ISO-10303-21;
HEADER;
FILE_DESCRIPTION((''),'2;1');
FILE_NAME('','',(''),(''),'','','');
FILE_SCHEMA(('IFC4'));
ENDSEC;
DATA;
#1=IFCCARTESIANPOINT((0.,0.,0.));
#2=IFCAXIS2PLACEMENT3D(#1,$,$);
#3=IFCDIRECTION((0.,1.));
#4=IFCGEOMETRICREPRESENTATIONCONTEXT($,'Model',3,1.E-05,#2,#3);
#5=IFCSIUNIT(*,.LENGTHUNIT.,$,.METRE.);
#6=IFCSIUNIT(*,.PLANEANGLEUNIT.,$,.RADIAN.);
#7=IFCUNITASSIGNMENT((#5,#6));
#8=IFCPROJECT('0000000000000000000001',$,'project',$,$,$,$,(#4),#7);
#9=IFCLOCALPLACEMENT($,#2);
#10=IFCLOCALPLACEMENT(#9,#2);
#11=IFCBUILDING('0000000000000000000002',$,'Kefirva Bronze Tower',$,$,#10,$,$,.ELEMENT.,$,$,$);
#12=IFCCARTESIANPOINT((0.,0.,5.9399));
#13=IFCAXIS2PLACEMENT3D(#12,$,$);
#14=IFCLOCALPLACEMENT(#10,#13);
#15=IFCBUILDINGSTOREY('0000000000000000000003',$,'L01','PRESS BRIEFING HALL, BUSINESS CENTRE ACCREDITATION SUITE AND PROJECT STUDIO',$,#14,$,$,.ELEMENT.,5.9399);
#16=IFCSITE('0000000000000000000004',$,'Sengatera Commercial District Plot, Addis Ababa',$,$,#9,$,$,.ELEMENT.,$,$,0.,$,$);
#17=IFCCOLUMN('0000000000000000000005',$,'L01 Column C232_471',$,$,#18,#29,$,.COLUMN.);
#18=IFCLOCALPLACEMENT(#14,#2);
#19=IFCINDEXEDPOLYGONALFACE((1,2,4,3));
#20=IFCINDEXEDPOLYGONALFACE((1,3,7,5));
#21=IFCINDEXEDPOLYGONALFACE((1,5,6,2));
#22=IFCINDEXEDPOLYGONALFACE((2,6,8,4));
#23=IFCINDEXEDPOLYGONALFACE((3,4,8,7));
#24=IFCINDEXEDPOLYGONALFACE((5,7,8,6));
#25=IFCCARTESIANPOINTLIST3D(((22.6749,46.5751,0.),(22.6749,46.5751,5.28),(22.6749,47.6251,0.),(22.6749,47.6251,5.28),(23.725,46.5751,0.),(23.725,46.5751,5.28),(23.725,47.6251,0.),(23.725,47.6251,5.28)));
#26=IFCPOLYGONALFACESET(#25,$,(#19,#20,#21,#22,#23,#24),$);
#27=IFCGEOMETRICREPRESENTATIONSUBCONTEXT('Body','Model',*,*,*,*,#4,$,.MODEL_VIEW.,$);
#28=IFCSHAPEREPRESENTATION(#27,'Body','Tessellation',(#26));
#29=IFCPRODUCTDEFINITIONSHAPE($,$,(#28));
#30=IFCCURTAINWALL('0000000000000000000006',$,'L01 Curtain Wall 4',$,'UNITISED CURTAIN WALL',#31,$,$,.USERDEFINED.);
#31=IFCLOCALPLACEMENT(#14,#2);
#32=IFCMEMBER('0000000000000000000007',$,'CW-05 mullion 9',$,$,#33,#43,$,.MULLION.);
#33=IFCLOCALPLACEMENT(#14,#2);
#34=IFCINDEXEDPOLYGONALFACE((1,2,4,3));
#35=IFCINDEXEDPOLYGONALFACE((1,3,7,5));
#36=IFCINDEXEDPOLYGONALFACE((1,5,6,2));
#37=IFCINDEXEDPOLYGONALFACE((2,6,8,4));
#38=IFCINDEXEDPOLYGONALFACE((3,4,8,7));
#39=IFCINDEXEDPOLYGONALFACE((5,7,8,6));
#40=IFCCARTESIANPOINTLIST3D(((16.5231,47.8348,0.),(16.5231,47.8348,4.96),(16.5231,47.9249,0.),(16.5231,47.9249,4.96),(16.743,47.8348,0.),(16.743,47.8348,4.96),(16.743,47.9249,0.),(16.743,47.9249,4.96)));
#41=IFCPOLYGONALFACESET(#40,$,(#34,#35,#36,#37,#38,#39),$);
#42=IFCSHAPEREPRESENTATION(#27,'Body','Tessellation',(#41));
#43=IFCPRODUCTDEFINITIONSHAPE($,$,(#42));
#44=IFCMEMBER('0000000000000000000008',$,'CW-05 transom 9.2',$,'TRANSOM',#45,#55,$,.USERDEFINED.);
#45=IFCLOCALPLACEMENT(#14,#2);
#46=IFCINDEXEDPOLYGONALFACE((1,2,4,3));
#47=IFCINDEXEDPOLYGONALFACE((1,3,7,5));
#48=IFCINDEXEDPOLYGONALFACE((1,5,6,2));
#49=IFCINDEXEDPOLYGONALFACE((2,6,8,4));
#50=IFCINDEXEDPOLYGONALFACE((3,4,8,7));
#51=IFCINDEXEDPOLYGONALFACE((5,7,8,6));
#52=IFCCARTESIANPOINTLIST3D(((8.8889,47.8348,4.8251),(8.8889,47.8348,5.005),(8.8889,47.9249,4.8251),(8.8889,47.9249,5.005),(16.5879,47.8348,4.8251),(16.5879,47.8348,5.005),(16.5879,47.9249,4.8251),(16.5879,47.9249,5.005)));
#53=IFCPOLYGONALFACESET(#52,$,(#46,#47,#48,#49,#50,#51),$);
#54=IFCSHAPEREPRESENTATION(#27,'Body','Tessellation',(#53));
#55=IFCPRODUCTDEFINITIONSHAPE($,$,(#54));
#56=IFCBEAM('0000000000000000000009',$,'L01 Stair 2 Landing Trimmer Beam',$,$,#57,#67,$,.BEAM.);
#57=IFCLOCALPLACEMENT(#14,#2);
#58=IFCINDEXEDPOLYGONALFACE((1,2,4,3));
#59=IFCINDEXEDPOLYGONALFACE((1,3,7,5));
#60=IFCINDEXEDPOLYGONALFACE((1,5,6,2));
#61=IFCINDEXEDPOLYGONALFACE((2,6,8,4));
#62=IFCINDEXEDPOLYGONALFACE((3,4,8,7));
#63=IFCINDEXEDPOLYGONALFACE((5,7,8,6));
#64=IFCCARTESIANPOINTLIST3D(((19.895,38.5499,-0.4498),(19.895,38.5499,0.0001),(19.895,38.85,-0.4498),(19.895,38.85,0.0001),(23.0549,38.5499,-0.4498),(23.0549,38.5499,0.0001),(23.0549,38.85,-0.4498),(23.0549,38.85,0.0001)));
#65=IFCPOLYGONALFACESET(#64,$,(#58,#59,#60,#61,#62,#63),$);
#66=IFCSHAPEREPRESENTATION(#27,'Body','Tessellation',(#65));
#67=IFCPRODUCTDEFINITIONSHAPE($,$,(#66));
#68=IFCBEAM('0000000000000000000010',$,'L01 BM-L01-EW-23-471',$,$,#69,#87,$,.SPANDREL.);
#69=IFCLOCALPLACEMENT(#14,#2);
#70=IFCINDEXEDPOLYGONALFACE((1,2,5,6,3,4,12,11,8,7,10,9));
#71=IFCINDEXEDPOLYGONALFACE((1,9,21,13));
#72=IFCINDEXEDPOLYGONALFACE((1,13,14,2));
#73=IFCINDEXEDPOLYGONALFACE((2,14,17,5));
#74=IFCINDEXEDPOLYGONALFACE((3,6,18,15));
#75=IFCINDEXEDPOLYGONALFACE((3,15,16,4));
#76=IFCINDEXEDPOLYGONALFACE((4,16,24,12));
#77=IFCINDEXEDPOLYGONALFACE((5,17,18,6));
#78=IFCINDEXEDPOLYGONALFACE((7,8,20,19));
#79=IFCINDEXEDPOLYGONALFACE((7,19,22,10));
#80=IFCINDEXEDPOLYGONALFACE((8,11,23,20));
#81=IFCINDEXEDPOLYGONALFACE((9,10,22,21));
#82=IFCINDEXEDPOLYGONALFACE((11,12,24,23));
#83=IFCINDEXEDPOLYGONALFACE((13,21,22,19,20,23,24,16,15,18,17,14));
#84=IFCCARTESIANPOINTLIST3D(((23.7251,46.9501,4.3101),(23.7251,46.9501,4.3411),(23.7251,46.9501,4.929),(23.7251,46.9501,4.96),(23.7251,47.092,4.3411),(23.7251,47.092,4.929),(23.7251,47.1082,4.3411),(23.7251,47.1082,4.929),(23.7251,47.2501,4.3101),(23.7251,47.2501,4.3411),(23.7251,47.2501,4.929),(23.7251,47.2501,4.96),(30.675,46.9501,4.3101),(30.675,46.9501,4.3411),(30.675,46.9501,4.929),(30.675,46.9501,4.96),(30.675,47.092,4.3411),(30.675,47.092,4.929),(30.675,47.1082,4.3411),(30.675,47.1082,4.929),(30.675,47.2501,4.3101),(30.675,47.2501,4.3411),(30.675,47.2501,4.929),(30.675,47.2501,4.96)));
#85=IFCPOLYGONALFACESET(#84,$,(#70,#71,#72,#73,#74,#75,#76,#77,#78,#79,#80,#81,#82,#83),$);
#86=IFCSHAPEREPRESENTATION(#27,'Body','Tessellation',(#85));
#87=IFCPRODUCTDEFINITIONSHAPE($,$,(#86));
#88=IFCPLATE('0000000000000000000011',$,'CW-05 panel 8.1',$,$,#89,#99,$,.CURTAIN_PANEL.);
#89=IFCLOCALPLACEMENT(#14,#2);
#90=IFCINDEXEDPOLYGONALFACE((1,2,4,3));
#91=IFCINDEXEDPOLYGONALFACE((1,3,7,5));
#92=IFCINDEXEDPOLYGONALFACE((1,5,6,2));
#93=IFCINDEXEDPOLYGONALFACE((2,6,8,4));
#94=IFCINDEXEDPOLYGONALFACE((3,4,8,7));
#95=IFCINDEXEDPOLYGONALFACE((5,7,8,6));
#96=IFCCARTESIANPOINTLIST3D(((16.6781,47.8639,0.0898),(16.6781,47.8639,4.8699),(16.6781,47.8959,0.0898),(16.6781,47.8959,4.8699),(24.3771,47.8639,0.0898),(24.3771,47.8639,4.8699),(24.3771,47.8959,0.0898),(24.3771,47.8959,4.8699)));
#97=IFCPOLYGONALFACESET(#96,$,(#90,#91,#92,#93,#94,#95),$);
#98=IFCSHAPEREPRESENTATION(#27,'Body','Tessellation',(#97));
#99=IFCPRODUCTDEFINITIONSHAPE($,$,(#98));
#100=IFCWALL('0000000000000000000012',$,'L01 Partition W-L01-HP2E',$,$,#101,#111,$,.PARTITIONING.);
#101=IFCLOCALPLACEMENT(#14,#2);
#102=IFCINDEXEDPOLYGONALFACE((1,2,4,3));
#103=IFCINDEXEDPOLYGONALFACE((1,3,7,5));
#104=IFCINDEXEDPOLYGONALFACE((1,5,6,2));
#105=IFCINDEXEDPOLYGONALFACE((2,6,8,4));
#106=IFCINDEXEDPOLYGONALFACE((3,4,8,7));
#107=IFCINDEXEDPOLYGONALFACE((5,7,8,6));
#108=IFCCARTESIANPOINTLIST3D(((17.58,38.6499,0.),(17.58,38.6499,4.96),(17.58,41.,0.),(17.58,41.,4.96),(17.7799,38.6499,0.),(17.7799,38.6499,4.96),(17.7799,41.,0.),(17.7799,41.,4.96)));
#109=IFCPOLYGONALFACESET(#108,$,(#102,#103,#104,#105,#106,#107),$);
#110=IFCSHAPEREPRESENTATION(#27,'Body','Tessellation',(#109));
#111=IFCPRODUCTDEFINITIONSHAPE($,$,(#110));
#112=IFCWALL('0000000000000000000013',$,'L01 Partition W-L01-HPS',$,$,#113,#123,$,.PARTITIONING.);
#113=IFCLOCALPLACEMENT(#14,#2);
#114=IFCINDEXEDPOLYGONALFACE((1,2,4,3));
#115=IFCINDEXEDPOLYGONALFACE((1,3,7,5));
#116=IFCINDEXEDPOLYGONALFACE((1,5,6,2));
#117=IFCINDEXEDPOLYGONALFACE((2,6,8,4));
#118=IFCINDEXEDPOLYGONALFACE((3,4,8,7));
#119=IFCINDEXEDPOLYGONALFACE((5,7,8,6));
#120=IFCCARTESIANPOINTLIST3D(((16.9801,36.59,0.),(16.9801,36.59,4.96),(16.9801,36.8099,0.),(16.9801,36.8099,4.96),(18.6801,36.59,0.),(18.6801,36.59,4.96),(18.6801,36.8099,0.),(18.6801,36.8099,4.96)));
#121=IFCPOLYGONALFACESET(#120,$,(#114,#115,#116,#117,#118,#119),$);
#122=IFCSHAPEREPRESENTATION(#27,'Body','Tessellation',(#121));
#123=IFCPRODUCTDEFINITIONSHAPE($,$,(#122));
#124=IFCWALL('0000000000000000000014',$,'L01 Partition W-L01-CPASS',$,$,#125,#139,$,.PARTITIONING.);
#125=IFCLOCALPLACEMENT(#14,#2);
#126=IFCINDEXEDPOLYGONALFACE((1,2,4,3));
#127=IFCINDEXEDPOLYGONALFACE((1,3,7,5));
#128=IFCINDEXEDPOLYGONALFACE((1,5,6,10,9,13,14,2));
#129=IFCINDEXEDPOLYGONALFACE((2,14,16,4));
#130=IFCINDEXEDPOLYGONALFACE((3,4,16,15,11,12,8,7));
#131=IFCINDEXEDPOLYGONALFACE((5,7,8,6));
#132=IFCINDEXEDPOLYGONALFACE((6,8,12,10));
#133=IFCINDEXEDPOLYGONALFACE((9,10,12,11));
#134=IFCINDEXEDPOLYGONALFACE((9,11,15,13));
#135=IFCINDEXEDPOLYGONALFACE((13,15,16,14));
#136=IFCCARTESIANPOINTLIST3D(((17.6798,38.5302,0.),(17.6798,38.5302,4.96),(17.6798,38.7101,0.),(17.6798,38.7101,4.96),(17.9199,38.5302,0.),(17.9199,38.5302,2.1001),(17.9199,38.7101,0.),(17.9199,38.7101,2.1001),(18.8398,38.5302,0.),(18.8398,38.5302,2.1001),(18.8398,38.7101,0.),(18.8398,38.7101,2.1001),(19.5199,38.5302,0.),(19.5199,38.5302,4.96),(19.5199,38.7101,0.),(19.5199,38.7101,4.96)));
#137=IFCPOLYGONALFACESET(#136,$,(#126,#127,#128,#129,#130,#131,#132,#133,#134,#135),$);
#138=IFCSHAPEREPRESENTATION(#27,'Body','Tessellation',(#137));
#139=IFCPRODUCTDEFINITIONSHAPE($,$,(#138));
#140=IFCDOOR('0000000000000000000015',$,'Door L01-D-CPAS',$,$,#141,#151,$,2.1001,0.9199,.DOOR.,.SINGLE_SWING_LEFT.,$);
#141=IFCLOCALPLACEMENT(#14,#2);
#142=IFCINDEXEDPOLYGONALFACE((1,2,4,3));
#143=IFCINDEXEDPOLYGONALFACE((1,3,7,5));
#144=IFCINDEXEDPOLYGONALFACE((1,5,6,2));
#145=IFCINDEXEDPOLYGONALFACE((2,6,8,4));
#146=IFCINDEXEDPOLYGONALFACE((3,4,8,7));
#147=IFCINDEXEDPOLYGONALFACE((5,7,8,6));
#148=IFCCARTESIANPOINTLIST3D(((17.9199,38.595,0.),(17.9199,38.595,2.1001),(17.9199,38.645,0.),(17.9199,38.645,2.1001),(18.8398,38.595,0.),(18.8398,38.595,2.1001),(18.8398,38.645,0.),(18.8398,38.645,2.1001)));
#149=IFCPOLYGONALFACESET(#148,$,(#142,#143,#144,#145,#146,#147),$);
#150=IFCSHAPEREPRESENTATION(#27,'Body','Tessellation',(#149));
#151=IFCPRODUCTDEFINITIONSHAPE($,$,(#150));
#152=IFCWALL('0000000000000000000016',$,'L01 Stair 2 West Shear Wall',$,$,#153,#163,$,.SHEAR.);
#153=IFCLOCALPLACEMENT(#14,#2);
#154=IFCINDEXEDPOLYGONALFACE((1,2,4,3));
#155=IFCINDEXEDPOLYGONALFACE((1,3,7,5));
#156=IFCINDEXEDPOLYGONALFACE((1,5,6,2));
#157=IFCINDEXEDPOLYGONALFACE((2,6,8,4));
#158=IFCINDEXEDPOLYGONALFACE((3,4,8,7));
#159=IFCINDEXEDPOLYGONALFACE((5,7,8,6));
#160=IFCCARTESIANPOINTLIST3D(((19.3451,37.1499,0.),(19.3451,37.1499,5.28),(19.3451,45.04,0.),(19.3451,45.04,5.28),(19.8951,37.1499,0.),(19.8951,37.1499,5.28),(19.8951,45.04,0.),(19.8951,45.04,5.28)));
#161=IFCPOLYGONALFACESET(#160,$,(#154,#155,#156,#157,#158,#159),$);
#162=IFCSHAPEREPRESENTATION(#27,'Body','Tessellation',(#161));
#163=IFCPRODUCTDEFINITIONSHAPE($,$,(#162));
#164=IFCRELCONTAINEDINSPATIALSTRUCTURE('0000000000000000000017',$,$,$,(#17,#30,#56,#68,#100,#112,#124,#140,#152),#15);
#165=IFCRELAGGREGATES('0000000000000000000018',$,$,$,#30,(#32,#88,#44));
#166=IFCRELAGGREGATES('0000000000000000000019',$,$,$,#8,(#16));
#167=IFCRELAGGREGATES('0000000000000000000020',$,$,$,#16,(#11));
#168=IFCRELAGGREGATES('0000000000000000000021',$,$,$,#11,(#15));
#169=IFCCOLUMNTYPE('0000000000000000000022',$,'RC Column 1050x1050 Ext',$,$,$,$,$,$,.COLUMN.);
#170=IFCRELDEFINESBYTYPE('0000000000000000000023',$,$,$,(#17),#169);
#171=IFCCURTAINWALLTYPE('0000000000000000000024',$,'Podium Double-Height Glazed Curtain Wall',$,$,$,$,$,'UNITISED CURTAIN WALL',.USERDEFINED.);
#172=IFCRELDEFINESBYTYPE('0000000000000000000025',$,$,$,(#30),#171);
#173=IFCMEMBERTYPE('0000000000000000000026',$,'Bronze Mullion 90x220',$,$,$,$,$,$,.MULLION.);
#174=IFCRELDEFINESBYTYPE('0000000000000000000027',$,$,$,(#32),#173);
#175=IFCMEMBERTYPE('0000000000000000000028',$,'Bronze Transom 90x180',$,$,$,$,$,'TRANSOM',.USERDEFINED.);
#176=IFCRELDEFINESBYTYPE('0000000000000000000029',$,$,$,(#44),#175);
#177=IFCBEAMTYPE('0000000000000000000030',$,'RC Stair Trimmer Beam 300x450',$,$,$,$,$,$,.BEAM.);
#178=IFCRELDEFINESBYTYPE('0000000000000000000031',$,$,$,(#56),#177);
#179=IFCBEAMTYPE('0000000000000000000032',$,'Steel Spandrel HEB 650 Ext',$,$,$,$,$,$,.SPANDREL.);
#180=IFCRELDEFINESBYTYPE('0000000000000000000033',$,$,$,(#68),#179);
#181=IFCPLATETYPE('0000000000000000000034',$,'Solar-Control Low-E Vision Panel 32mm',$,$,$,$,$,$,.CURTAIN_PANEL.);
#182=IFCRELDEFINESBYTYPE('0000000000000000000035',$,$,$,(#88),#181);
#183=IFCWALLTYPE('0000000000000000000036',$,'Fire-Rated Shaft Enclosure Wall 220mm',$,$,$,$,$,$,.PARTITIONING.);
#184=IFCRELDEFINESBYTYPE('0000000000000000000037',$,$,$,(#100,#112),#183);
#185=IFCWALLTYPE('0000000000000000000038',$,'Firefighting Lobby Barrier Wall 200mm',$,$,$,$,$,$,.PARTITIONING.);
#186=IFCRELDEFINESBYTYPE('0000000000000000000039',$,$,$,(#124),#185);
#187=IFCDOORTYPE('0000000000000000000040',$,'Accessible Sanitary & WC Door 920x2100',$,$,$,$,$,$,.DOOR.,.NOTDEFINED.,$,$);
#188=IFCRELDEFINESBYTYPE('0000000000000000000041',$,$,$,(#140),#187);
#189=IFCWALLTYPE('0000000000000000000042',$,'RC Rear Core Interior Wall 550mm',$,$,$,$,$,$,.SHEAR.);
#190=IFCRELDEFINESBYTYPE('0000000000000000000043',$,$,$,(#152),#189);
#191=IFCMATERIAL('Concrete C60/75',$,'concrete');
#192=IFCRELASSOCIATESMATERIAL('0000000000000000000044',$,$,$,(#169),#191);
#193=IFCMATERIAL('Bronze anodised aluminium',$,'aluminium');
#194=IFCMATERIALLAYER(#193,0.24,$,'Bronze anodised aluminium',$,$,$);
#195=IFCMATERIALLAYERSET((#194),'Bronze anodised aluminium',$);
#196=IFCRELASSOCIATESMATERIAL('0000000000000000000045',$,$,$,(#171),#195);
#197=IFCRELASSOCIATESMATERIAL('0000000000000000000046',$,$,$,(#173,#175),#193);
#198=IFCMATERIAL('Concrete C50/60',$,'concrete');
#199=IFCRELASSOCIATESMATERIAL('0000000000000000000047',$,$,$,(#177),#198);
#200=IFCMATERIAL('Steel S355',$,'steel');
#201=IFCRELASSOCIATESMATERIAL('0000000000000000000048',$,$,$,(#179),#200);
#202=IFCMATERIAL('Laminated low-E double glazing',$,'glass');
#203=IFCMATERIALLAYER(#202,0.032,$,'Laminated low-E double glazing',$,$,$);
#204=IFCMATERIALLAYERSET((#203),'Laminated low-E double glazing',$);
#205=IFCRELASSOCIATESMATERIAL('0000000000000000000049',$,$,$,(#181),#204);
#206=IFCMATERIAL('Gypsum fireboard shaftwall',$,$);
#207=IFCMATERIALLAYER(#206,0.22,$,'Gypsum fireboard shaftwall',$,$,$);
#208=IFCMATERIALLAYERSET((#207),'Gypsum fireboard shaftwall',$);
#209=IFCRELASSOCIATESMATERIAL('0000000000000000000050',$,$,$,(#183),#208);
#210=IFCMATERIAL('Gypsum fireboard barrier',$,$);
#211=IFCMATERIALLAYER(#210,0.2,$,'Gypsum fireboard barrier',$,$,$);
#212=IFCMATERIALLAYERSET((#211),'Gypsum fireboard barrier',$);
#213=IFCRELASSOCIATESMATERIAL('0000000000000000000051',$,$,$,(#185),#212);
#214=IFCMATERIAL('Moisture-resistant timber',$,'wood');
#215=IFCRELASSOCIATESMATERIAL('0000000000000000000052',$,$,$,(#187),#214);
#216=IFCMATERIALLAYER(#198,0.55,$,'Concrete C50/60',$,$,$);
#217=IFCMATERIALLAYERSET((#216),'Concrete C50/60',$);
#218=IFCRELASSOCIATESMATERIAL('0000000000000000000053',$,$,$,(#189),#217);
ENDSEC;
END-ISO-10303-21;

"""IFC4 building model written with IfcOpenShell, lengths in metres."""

from ifc_helpers import new_model, si_unit, direction, frame, frame_2d, origin, origin_2d, place, context, subcontext, project, spatial, rectangle, i_section, extrude, material, layer, layer_set, material_profile, profile_set, type_object, element, fill, aggregate, save


model = new_model("IFC4")

# Units and contexts
model_context = context("Model", 3, precision=1e-05, world=origin(), true_north=direction((0.0, 1.0)))
body_context = subcontext(model_context, "Body", "Model", "MODEL_VIEW")
ifc_project = project(units=[si_unit("LENGTHUNIT", "METRE"), si_unit("PLANEANGLEUNIT", "RADIAN")], contexts=[model_context])

# Site, building, storey
site_placement = place(None, origin())
site = spatial("IfcSite", under=ifc_project, at=site_placement, Name="Sengatera Commercial District Plot, Addis Ababa", CompositionType="ELEMENT", RefElevation=0.0)
building_placement = place(site_placement, origin())
building = spatial("IfcBuilding", under=site, at=building_placement, Name="Kefirva Bronze Tower", CompositionType="ELEMENT")
storey_placement = place(building_placement, frame((0.0, 0.0, 5.9399)))
storey = spatial("IfcBuildingStorey", under=building, at=storey_placement, Name="L01", Description="PRESS BRIEFING HALL, BUSINESS CENTRE ACCREDITATION SUITE AND PROJECT STUDIO", CompositionType="ELEMENT", Elevation=5.9399)

# Column
ifc_material_1 = material(Name="Concrete C60/75", Category="concrete")
ifc_material_profile_1 = material_profile(ifc_material_1, rectangle(XDim=1.05, YDim=1.05, at=origin_2d()), Name="RC 1050x1050")
ifc_profile_set_1 = profile_set([ifc_material_profile_1], Name="Concrete C60/75")
column_type = type_object("IfcColumnType", Name="RC Column 1050x1050 Ext", PredefinedType="COLUMN", material=ifc_profile_set_1)
column_placement = place(storey_placement, frame((23.2, 47.1001, 0.0), z_axis=(0.0, 0.0, 1.0), x_axis=(1.0, 0.0, 0.0)))
element("IfcColumn", 1, at=column_placement, inside=storey, type_object=column_type, Name="L01 Column C232_471", PredefinedType="COLUMN", context=body_context, shape_type="SweptSolid", body=[
    extrude(rectangle(XDim=1.05, YDim=1.05, at=origin_2d()), origin(), (0.0, 0.0, 1.0), 5.28),
])

# Curtain wall, members
ifc_material_2 = material(Name="Bronze anodised aluminium", Category="aluminium")
ifc_layer_1 = layer(ifc_material_2, 0.24, Name="Bronze anodised aluminium")
ifc_layer_set_1 = layer_set([ifc_layer_1], Name="Bronze anodised aluminium")
curtain_wall_type = type_object("IfcCurtainWallType", Name="Podium Double-Height Glazed Curtain Wall", ElementType="UNITISED CURTAIN WALL", PredefinedType="USERDEFINED", material=ifc_layer_set_1)
curtain_wall_placement = place(storey_placement, origin())
curtain_wall = element("IfcCurtainWall", 2, at=curtain_wall_placement, inside=storey, type_object=curtain_wall_type, Name="L01 Curtain Wall 4", ObjectType="UNITISED CURTAIN WALL", PredefinedType="USERDEFINED")
ifc_material_profile_2 = material_profile(ifc_material_2, rectangle(XDim=0.0901, YDim=0.22, at=origin_2d()), Name="ALU 90x220")
ifc_profile_set_2 = profile_set([ifc_material_profile_2], Name="Bronze anodised aluminium")
member_type_1 = type_object("IfcMemberType", Name="Bronze Mullion 90x220", PredefinedType="MULLION", material=ifc_profile_set_2)
member_1_placement = place(storey_placement, frame((16.6331, 47.8799, 0.0), z_axis=(0.0, 0.0, 1.0), x_axis=(0.0, -1.0, 0.0)))
member_1 = element("IfcMember", 3, at=member_1_placement, type_object=member_type_1, Name="CW-05 mullion 9", PredefinedType="MULLION", context=body_context, shape_type="SweptSolid", body=[
    extrude(rectangle(XDim=0.0901, YDim=0.22, at=origin_2d()), origin(), (0.0, 0.0, 1.0), 4.96),
])
ifc_material_profile_3 = material_profile(ifc_material_2, rectangle(XDim=0.0901, YDim=0.1799, at=origin_2d()), Name="ALU 90x180")
ifc_profile_set_3 = profile_set([ifc_material_profile_3], Name="Bronze anodised aluminium")
member_type_2 = type_object("IfcMemberType", Name="Bronze Transom 90x180", ElementType="TRANSOM", PredefinedType="USERDEFINED", material=ifc_profile_set_3)
member_2_placement = place(storey_placement, frame((16.5879, 47.8799, 4.915), z_axis=(-1.0, 0.0, 0.0), x_axis=(0.0, -1.0, 0.0)))
member_2 = element("IfcMember", 4, at=member_2_placement, type_object=member_type_2, Name="CW-05 transom 9.2", ObjectType="TRANSOM", PredefinedType="USERDEFINED", context=body_context, shape_type="SweptSolid", body=[
    extrude(rectangle(XDim=0.0901, YDim=0.1799, at=origin_2d()), origin(), (0.0, 0.0, 1.0), 7.699),
])

# Beams
ifc_material_3 = material(Name="Concrete C50/60", Category="concrete")
ifc_material_profile_4 = material_profile(ifc_material_3, rectangle(XDim=0.3, YDim=0.45, at=origin_2d()), Name="RC 300x450")
ifc_profile_set_4 = profile_set([ifc_material_profile_4], Name="Concrete C50/60")
beam_type_1 = type_object("IfcBeamType", Name="RC Stair Trimmer Beam 300x450", PredefinedType="BEAM", material=ifc_profile_set_4)
beam_1_placement = place(storey_placement, frame((19.895, 38.7, -0.2249), z_axis=(1.0, 0.0, 0.0), x_axis=(0.0, 1.0, 0.0)))
element("IfcBeam", 5, at=beam_1_placement, inside=storey, type_object=beam_type_1, Name="L01 Stair 2 Landing Trimmer Beam", PredefinedType="BEAM", context=body_context, shape_type="SweptSolid", body=[
    extrude(rectangle(XDim=0.3, YDim=0.45, at=origin_2d()), origin(), (0.0, 0.0, 1.0), 3.1599),
])
ifc_material_4 = material(Name="Steel S355", Category="steel")
ifc_material_profile_5 = material_profile(ifc_material_4, i_section(OverallWidth=0.3, OverallDepth=0.6499, WebThickness=0.0161, FlangeThickness=0.031, at=origin_2d()), Name="HEB 650")
ifc_profile_set_5 = profile_set([ifc_material_profile_5], Name="Steel S355")
beam_type_2 = type_object("IfcBeamType", Name="Steel Spandrel HEB 650 Ext", PredefinedType="SPANDREL", material=ifc_profile_set_5)
beam_2_placement = place(storey_placement, frame((23.7251, 47.1001, 4.635), z_axis=(1.0, 0.0, 0.0), x_axis=(0.0, 1.0, 0.0)))
element("IfcBeam", 6, at=beam_2_placement, inside=storey, type_object=beam_type_2, Name="L01 BM-L01-EW-23-471", PredefinedType="SPANDREL", context=body_context, shape_type="SweptSolid", body=[
    extrude(i_section(OverallWidth=0.3, OverallDepth=0.6499, WebThickness=0.0161, FlangeThickness=0.031, at=origin_2d()), origin(), (0.0, 0.0, 1.0), 6.95),
])

# Plate
ifc_material_5 = material(Name="Laminated low-E double glazing", Category="glass")
ifc_layer_2 = layer(ifc_material_5, 0.032, Name="Laminated low-E double glazing")
ifc_layer_set_2 = layer_set([ifc_layer_2], Name="Laminated low-E double glazing")
plate_type = type_object("IfcPlateType", Name="Solar-Control Low-E Vision Panel 32mm", PredefinedType="CURTAIN_PANEL", material=ifc_layer_set_2)
plate_placement = place(storey_placement, frame((20.5276, 47.8799, 0.0898), z_axis=(0.0, 0.0, 1.0), x_axis=(-1.0, 0.0, 0.0)))
plate = element("IfcPlate", 7, at=plate_placement, type_object=plate_type, Name="CW-05 panel 8.1", PredefinedType="CURTAIN_PANEL", context=body_context, shape_type="SweptSolid", body=[
    extrude(rectangle(XDim=7.699, YDim=0.032, at=origin_2d()), origin(), (0.0, 0.0, 1.0), 4.78),
])
aggregate(curtain_wall, [member_1, plate, member_2])

# Shared definitions
ifc_material_6 = material(Name="Gypsum fireboard shaftwall")
ifc_layer_3 = layer(ifc_material_6, 0.22, Name="Gypsum fireboard shaftwall")
ifc_layer_set_3 = layer_set([ifc_layer_3], Name="Gypsum fireboard shaftwall")
wall_type_1 = type_object("IfcWallType", Name="Fire-Rated Shaft Enclosure Wall 220mm", PredefinedType="PARTITIONING", material=ifc_layer_set_3)

# Walls
wall_1_placement = place(storey_placement, frame((17.6799, 38.6499, 0.0), z_axis=(0.0, 0.0, 1.0), x_axis=(0.0, 1.0, 0.0)))
element("IfcWall", 8, at=wall_1_placement, inside=storey, type_object=wall_type_1, Name="L01 Partition W-L01-HP2E", PredefinedType="PARTITIONING", context=body_context, shape_type="SweptSolid", body=[
    extrude(rectangle(XDim=2.3501, YDim=0.2, at=frame_2d((1.175, 0.0))), origin(), (0.0, 0.0, 1.0), 4.96),
])
wall_2_placement = place(storey_placement, frame((16.98, 36.7, 0.0), z_axis=(0.0, 0.0, 1.0), x_axis=(1.0, 0.0, 0.0)))
element("IfcWall", 9, at=wall_2_placement, inside=storey, type_object=wall_type_1, Name="L01 Partition W-L01-HPS", PredefinedType="PARTITIONING", context=body_context, shape_type="SweptSolid", body=[
    extrude(rectangle(XDim=1.7, YDim=0.22, at=frame_2d((0.8501, 0.0))), origin(), (0.0, 0.0, 1.0), 4.96),
])

# Wall, opening, door
ifc_material_7 = material(Name="Gypsum fireboard barrier")
ifc_layer_4 = layer(ifc_material_7, 0.2, Name="Gypsum fireboard barrier")
ifc_layer_set_4 = layer_set([ifc_layer_4], Name="Gypsum fireboard barrier")
wall_type_2 = type_object("IfcWallType", Name="Firefighting Lobby Barrier Wall 200mm", PredefinedType="PARTITIONING", material=ifc_layer_set_4)
wall_3_placement = place(storey_placement, frame((17.6799, 38.6201, 0.0), z_axis=(0.0, 0.0, 1.0), x_axis=(1.0, 0.0, 0.0)))
wall_3 = element("IfcWall", 10, at=wall_3_placement, inside=storey, type_object=wall_type_2, Name="L01 Partition W-L01-CPASS", PredefinedType="PARTITIONING", context=body_context, shape_type="SweptSolid", body=[
    extrude(rectangle(XDim=1.8401, YDim=0.1799, at=frame_2d((0.9199, 0.0))), origin(), (0.0, 0.0, 1.0), 4.96),
])
opening_1_placement = place(wall_3_placement, frame((0.24, 0.0, 0.0)))
opening_1 = element("IfcOpeningElement", 11, at=opening_1_placement, cuts=wall_3, PredefinedType="OPENING", context=body_context, shape_type="SweptSolid", body=[
    extrude(rectangle(XDim=0.9199, YDim=2.1001, at=frame_2d((0.46, 1.05))), frame((0.0, 0.1001, 0.0), z_axis=(0.0, -1.0, 0.0), x_axis=(1.0, 0.0, 0.0)), (0.0, 0.0, 1.0), 0.2),
])
ifc_material_8 = material(Name="Moisture-resistant timber", Category="wood")
door_type_1 = type_object("IfcDoorType", Name="Accessible Sanitary & WC Door 920x2100", OperationType="NOTDEFINED", PredefinedType="DOOR", material=ifc_material_8)
door_1_placement = place(opening_1_placement, origin())
door_1 = element("IfcDoor", 12, at=door_1_placement, inside=storey, type_object=door_type_1, Name="Door L01-D-CPAS", OperationType="SINGLE_SWING_LEFT", OverallHeight=2.1001, OverallWidth=0.9199, PredefinedType="DOOR", context=body_context, shape_type="SweptSolid", body=[
    extrude(rectangle(XDim=0.9199, YDim=2.1001, at=frame_2d((0.46, 1.05))), frame((0.0, 0.0249, 0.0), z_axis=(0.0, -1.0, 0.0), x_axis=(1.0, 0.0, 0.0)), (0.0, 0.0, 1.0), 0.05),
])
fill(opening_1, door_1)

# Wall
ifc_layer_5 = layer(ifc_material_3, 0.55, Name="Concrete C50/60")
ifc_layer_set_5 = layer_set([ifc_layer_5], Name="Concrete C50/60")
wall_type_3 = type_object("IfcWallType", Name="RC Rear Core Interior Wall 550mm", PredefinedType="SHEAR", material=ifc_layer_set_5)
wall_4_placement = place(storey_placement, frame((19.6201, 37.1499, 0.0), z_axis=(0.0, 0.0, 1.0), x_axis=(0.0, 1.0, 0.0)))
element("IfcWall", 13, at=wall_4_placement, inside=storey, type_object=wall_type_3, Name="L01 Stair 2 West Shear Wall", PredefinedType="SHEAR", context=body_context, shape_type="SweptSolid", body=[
    extrude(rectangle(XDim=7.8901, YDim=0.55, at=frame_2d((3.9451, 0.0))), origin(), (0.0, 0.0, 1.0), 5.28),
])

save(model, "model.ifc")
